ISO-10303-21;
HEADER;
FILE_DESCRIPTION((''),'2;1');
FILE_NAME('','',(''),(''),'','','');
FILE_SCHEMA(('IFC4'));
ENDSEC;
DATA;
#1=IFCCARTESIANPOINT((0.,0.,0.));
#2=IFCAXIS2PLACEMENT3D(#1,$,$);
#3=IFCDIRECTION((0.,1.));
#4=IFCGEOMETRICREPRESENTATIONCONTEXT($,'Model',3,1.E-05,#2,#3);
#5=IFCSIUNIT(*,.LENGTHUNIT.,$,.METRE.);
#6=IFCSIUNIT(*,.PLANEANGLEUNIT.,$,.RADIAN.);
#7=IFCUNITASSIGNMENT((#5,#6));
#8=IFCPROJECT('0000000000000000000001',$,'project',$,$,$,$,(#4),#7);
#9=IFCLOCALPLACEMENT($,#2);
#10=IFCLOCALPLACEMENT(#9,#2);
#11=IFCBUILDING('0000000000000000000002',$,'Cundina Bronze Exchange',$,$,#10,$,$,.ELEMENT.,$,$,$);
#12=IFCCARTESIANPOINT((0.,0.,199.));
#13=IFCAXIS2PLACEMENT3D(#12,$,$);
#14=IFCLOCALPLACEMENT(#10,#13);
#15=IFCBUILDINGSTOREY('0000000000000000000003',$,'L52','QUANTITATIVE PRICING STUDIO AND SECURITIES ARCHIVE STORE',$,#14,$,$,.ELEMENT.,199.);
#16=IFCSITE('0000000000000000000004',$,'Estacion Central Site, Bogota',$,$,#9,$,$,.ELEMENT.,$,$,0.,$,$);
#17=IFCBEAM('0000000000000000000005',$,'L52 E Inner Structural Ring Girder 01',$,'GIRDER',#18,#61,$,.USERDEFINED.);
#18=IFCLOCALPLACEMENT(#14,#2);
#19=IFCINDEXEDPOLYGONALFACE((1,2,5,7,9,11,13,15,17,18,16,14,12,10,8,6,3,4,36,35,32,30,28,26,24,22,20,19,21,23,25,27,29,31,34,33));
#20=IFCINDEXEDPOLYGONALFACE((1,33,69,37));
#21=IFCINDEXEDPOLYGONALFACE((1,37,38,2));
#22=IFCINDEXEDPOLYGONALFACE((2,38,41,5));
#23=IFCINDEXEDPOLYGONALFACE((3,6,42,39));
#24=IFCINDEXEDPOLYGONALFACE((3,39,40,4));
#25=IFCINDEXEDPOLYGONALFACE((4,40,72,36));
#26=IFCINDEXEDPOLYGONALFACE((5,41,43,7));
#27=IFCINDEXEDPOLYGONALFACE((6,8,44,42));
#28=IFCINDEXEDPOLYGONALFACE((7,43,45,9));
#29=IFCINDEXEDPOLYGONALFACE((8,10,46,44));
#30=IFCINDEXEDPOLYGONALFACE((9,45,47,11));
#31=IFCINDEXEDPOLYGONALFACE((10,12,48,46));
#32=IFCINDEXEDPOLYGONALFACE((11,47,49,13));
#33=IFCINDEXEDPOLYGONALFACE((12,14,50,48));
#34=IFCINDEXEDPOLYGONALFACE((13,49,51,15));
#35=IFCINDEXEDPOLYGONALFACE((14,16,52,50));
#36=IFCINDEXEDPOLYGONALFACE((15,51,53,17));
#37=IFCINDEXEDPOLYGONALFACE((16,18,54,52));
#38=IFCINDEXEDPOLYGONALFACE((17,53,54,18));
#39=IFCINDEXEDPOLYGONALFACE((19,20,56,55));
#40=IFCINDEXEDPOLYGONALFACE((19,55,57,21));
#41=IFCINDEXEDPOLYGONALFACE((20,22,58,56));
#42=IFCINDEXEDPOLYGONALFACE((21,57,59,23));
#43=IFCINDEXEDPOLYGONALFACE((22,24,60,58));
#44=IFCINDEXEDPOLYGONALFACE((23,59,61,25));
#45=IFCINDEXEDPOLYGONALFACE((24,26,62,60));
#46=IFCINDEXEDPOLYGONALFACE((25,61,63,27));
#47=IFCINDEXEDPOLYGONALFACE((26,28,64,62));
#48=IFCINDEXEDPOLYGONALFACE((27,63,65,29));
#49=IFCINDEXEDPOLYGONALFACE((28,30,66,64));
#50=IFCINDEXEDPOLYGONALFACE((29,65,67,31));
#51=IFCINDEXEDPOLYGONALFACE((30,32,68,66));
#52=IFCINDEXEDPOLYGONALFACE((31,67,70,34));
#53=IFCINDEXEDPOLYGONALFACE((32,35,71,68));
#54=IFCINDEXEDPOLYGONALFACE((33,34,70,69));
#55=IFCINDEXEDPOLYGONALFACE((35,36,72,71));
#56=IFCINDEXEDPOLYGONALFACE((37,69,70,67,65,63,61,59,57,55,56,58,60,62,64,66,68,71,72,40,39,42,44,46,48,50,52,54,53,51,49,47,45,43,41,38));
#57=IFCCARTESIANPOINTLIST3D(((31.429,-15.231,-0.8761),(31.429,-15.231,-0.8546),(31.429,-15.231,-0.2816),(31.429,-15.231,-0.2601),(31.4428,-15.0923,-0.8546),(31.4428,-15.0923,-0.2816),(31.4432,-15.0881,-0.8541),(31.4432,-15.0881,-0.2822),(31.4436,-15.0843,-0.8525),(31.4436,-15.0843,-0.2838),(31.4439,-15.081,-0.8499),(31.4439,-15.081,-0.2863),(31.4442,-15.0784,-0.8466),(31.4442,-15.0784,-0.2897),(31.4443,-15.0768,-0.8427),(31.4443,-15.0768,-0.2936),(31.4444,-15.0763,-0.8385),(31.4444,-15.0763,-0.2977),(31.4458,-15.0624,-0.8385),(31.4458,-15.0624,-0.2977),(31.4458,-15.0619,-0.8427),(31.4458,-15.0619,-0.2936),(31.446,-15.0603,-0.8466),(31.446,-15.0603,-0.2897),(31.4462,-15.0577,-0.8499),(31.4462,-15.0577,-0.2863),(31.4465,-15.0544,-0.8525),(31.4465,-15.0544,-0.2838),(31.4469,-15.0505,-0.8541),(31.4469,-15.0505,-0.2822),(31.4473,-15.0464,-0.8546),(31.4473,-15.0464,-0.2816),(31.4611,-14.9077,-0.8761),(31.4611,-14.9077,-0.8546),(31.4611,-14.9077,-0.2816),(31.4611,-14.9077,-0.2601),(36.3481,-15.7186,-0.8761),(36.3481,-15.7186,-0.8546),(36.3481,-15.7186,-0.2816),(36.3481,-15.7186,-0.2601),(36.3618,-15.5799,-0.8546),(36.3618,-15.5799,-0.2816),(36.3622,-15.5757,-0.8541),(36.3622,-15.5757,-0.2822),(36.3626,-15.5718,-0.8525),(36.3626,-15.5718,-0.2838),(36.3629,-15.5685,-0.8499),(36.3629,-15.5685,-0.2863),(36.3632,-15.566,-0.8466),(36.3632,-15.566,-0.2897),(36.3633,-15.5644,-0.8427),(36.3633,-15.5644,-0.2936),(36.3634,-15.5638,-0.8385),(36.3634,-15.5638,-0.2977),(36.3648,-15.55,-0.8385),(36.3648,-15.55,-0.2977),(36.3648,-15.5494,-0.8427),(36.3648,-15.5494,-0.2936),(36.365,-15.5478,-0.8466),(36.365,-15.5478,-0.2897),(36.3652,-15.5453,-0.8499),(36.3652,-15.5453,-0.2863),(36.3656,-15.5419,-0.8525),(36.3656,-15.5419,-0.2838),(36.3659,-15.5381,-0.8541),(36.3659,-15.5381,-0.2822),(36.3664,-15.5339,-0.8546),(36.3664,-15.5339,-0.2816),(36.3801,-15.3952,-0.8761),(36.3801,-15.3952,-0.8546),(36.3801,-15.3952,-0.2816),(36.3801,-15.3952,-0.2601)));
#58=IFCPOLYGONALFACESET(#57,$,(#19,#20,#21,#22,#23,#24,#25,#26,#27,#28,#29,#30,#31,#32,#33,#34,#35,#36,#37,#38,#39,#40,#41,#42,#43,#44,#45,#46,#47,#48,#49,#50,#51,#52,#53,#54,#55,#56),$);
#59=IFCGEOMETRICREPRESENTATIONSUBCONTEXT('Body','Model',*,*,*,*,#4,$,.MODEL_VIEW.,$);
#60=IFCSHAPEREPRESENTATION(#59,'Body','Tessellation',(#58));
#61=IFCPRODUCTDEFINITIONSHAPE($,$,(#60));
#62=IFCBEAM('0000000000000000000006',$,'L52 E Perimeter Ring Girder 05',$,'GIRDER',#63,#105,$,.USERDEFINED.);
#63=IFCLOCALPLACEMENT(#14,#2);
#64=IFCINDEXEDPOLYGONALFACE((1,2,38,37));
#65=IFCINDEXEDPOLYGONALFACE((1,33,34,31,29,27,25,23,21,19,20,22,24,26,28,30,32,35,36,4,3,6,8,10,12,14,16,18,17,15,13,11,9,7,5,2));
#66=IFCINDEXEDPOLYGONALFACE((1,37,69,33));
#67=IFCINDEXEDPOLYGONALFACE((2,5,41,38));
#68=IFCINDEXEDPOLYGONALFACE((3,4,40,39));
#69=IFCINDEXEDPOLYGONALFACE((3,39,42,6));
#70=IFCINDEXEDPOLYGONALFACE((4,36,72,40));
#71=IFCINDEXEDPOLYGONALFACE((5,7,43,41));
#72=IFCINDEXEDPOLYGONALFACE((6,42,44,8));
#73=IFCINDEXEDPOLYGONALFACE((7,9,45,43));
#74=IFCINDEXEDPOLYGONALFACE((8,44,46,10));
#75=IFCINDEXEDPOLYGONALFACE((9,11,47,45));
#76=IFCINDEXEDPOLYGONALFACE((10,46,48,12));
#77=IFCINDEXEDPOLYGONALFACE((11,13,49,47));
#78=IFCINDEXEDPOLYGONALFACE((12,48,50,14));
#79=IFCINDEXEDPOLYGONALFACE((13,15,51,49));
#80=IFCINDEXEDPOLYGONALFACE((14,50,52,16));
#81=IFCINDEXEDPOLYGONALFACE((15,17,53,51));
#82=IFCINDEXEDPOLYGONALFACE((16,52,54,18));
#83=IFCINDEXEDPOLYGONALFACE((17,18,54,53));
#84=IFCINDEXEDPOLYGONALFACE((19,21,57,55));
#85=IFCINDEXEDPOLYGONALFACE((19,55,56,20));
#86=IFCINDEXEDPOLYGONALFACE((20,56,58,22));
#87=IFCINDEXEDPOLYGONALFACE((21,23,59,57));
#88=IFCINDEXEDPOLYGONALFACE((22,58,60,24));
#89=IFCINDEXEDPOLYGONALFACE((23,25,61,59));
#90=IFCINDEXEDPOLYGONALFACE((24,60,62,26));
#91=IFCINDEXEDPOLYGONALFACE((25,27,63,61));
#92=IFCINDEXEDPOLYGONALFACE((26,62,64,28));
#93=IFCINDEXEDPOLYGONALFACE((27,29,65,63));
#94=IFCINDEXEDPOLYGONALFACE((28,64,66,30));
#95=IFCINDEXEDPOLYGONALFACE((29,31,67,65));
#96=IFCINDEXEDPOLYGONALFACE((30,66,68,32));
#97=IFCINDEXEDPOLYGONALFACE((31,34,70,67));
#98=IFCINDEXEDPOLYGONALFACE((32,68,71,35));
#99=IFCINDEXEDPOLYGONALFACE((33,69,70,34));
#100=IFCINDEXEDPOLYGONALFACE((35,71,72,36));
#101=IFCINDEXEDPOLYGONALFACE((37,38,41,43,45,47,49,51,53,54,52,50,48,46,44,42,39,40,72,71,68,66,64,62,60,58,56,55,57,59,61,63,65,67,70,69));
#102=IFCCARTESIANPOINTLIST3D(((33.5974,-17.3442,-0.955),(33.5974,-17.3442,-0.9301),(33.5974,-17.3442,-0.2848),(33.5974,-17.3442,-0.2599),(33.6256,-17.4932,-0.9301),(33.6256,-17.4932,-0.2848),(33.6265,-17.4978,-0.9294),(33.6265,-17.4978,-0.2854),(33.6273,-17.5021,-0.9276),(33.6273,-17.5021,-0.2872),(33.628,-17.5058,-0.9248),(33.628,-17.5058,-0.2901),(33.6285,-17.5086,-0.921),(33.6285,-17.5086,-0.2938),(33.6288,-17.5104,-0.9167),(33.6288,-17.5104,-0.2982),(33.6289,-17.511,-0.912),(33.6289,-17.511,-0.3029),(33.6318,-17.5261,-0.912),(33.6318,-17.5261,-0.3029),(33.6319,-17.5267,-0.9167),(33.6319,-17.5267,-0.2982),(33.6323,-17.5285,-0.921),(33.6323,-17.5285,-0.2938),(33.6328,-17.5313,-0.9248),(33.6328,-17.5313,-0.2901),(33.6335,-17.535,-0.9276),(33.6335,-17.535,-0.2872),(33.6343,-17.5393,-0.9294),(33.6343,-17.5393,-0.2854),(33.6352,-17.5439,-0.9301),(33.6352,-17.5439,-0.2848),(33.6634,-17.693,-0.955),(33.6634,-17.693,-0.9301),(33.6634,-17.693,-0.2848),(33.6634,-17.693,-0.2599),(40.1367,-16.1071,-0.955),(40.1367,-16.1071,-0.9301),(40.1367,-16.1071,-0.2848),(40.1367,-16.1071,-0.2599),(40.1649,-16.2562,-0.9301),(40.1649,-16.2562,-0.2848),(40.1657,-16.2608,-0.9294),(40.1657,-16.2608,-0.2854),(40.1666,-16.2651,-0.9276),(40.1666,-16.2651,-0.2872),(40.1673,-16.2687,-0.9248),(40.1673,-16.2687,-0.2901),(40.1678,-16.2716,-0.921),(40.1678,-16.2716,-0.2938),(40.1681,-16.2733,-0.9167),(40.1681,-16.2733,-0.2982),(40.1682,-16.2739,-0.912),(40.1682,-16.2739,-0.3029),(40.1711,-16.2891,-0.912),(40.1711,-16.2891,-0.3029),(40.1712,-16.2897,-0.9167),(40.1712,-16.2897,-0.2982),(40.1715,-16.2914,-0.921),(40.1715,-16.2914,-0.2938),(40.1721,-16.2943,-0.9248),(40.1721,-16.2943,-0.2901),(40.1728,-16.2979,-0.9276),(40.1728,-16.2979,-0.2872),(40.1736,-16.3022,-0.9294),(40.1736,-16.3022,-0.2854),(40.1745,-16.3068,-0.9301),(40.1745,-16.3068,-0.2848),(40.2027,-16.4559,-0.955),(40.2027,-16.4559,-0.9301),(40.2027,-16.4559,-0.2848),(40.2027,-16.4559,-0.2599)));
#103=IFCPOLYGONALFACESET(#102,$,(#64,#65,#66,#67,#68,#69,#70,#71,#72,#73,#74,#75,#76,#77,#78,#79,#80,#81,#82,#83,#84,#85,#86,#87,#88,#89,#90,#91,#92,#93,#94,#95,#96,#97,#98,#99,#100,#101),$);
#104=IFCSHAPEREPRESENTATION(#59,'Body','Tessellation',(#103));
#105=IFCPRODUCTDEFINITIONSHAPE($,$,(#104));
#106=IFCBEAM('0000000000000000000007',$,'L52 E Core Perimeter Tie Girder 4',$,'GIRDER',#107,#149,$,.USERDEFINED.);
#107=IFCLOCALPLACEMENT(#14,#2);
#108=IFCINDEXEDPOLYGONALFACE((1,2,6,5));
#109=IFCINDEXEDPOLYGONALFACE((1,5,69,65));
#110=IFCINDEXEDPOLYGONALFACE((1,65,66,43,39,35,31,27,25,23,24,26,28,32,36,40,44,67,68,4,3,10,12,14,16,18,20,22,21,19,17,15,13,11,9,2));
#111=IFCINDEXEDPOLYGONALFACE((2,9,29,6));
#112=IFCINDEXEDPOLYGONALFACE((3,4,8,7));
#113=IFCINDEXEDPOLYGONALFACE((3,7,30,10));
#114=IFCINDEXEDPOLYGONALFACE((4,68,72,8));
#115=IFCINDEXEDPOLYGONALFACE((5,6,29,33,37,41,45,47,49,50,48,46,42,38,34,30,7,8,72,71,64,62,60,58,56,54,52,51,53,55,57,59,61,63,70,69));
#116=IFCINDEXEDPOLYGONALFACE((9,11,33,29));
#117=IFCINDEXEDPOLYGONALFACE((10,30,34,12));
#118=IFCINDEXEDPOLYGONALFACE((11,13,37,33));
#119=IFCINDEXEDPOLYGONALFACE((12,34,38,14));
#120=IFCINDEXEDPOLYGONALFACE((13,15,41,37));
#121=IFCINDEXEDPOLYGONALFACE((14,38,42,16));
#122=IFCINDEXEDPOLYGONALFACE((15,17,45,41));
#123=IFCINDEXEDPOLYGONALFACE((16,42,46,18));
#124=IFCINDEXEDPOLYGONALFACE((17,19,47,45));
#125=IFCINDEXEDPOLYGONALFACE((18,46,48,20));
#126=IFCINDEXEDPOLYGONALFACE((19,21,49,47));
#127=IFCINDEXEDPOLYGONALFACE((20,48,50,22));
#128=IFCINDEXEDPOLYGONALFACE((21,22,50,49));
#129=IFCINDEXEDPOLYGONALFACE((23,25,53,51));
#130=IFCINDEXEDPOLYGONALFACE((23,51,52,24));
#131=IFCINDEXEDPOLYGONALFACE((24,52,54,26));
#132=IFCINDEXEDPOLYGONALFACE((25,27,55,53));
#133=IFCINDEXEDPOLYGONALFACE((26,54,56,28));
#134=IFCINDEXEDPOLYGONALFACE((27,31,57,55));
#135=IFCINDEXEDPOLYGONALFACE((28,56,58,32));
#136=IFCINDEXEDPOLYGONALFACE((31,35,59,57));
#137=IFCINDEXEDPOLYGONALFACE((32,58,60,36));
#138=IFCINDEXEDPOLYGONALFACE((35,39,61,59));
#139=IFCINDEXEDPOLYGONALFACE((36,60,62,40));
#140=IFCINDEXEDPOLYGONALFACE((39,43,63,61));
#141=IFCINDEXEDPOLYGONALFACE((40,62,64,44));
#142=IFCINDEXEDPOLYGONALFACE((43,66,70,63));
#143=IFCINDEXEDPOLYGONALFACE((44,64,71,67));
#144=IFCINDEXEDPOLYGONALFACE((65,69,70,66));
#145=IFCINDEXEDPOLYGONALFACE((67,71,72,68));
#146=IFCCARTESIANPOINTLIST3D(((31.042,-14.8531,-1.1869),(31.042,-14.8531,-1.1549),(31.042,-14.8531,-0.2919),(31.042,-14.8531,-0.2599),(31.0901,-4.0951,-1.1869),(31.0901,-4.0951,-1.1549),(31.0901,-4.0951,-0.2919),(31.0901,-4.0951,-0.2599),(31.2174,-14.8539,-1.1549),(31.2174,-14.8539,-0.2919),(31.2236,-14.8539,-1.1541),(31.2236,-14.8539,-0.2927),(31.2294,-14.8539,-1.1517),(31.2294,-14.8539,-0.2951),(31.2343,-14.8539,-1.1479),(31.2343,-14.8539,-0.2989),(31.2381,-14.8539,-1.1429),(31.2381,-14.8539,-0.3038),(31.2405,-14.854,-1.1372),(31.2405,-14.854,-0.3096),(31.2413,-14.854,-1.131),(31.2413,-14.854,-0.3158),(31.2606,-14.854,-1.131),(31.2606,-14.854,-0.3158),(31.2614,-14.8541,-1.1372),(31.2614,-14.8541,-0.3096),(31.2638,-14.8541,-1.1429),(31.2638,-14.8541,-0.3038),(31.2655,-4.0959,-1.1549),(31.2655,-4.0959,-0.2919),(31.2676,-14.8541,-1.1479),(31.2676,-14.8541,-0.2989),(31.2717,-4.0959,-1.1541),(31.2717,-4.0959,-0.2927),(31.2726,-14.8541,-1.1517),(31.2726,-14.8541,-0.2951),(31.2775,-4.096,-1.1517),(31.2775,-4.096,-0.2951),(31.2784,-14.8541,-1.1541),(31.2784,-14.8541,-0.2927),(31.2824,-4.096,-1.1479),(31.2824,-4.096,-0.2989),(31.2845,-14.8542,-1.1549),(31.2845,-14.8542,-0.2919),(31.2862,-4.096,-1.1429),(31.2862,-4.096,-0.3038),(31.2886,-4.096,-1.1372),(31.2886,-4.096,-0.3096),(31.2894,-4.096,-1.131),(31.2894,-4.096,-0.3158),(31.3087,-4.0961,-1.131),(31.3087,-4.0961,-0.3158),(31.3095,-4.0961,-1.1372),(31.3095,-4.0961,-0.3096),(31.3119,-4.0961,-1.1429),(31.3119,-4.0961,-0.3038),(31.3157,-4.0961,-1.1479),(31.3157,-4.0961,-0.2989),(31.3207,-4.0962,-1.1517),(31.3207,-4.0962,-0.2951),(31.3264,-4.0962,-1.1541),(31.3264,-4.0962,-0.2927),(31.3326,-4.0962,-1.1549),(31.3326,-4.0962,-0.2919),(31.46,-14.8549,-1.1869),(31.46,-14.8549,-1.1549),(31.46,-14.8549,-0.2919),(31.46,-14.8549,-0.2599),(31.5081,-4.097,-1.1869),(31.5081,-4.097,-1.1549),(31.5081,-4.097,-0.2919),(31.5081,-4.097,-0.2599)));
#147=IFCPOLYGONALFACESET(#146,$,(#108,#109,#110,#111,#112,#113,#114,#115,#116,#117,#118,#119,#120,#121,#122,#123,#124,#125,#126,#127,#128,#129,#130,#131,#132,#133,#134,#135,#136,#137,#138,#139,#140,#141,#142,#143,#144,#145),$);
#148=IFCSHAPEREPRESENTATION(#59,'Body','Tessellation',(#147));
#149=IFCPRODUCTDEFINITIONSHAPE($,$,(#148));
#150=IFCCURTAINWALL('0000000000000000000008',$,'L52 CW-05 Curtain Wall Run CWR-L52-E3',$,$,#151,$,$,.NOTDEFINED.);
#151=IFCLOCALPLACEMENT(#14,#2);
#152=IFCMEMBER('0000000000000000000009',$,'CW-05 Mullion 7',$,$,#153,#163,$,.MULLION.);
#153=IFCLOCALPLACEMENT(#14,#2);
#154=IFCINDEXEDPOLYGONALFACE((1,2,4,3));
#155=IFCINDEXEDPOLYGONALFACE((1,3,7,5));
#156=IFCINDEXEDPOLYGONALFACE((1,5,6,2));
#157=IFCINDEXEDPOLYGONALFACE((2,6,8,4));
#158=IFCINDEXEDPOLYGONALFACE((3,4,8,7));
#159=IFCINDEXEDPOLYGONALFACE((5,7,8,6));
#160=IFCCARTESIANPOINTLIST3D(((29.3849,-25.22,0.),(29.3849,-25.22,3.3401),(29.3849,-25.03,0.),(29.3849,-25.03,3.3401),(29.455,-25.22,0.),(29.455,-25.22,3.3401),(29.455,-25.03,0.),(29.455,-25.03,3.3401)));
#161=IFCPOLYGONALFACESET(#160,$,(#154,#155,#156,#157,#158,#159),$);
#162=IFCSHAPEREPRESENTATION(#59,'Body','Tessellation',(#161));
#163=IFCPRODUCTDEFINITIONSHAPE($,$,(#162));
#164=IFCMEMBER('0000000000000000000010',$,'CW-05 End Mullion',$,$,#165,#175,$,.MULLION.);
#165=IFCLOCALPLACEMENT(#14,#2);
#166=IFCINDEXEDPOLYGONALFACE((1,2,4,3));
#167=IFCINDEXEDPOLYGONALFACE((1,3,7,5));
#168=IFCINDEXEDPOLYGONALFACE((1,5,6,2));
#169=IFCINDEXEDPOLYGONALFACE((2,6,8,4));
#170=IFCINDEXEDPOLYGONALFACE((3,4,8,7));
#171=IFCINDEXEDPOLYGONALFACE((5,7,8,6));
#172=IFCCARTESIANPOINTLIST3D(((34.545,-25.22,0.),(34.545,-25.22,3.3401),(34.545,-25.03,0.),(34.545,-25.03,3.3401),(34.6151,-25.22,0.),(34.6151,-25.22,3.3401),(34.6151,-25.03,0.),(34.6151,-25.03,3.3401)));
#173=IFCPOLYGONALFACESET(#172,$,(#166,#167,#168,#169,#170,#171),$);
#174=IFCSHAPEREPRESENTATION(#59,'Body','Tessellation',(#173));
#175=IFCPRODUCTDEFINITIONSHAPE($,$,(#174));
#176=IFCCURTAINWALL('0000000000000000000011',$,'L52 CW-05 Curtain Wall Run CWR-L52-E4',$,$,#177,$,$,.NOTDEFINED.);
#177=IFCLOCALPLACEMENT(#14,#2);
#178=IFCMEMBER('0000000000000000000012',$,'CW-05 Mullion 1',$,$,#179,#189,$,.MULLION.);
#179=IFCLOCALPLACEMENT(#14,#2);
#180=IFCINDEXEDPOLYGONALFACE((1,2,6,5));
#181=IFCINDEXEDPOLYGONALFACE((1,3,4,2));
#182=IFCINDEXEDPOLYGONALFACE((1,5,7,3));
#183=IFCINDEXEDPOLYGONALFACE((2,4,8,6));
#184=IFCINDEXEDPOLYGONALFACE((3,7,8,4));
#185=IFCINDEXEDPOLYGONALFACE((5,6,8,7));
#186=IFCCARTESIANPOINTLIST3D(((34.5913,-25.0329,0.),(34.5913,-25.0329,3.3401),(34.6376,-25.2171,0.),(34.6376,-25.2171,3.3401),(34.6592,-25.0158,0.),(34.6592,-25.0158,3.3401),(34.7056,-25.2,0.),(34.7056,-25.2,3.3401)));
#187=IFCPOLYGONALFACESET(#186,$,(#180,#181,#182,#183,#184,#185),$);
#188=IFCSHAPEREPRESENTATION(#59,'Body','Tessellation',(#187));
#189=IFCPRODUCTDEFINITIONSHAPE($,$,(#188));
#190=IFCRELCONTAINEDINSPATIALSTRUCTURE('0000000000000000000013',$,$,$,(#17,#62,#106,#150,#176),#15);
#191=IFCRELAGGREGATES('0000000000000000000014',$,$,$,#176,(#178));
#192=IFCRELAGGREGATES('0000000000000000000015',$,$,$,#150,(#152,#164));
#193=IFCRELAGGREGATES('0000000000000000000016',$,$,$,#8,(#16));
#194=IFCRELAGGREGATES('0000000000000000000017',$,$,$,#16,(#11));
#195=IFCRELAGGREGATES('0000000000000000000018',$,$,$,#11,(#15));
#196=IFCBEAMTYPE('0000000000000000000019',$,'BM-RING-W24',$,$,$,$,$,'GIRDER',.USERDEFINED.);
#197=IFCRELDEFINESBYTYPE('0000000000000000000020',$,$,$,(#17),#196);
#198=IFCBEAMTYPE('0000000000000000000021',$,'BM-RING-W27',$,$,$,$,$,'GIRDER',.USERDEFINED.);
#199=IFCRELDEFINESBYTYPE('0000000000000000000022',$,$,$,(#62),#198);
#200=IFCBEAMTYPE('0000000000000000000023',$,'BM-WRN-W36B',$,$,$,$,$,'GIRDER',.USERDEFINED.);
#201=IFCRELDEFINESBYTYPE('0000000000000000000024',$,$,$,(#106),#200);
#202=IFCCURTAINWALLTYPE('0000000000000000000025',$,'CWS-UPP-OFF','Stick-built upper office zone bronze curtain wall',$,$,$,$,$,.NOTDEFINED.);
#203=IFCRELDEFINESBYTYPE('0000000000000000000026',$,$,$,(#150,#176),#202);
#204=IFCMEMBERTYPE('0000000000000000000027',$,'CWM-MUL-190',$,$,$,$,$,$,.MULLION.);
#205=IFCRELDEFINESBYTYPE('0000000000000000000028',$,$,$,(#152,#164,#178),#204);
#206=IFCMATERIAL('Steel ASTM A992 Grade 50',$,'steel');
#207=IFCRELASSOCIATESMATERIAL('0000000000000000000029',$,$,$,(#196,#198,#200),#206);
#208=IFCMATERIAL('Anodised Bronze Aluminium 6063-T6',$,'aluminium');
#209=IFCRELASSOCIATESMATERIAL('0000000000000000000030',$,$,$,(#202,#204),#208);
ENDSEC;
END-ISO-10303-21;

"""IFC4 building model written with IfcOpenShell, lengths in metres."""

from ifc_helpers import new_model, si_unit, direction, frame, origin, origin_2d, place, context, subcontext, project, spatial, rectangle, i_section, extrude, material, material_profile, profile_set, type_object, element, aggregate, save


model = new_model("IFC4")

# Units and contexts
model_context = context("Model", 3, precision=1e-05, world=origin(), true_north=direction((0.0, 1.0)))
body_context = subcontext(model_context, "Body", "Model", "MODEL_VIEW")
ifc_project = project(units=[si_unit("LENGTHUNIT", "METRE"), si_unit("PLANEANGLEUNIT", "RADIAN")], contexts=[model_context])

# Site, building, storey
site_placement = place(None, origin())
site = spatial("IfcSite", under=ifc_project, at=site_placement, Name="Estacion Central Site, Bogota", CompositionType="ELEMENT", RefElevation=0.0)
building_placement = place(site_placement, origin())
building = spatial("IfcBuilding", under=site, at=building_placement, Name="Cundina Bronze Exchange", CompositionType="ELEMENT")
storey_placement = place(building_placement, frame((0.0, 0.0, 199.0)))
storey = spatial("IfcBuildingStorey", under=building, at=storey_placement, Name="L52", Description="QUANTITATIVE PRICING STUDIO AND SECURITIES ARCHIVE STORE", CompositionType="ELEMENT", Elevation=199.0)

# Shared definitions
ifc_material_1 = material(Name="Steel ASTM A992 Grade 50", Category="steel")

# Beams
ifc_material_profile_1 = material_profile(ifc_material_1, i_section(OverallWidth=0.325, OverallDepth=0.616, WebThickness=0.0139, FlangeThickness=0.0215, FilletRadius=0.0161, at=origin_2d()), Name="W24X117", Category="steel")
ifc_profile_set_1 = profile_set([ifc_material_profile_1], Name="Steel ASTM A992 Grade 50")
beam_type_1 = type_object("IfcBeamType", Name="BM-RING-W24", ElementType="GIRDER", PredefinedType="USERDEFINED", material=ifc_profile_set_1)
beam_1_placement = place(storey_placement, frame((31.4451, -15.0693, -0.5681), z_axis=(0.995124, -0.098633, 0.0), x_axis=(0.098633, 0.995124, 0.0)))
element("IfcBeam", 1, at=beam_1_placement, inside=storey, type_object=beam_type_1, Name="L52 E Inner Structural Ring Girder 01", ObjectType="GIRDER", PredefinedType="USERDEFINED", context=body_context, shape_type="SweptSolid", body=[
    extrude(i_section(OverallWidth=0.325, OverallDepth=0.616, WebThickness=0.0139, FlangeThickness=0.0215, FilletRadius=0.0161, at=origin_2d()), origin(), (0.0, 0.0, 1.0), 4.9431),
])
ifc_material_profile_2 = material_profile(ifc_material_1, i_section(OverallWidth=0.355, OverallDepth=0.6951, WebThickness=0.0154, FlangeThickness=0.0249, FilletRadius=0.0181, at=origin_2d()), Name="W27X146", Category="steel")
ifc_profile_set_2 = profile_set([ifc_material_profile_2], Name="Steel ASTM A992 Grade 50")
beam_type_2 = type_object("IfcBeamType", Name="BM-RING-W27", ElementType="GIRDER", PredefinedType="USERDEFINED", material=ifc_profile_set_2)
beam_2_placement = place(storey_placement, frame((33.6304, -17.5186, -0.6074), z_axis=(0.982573, 0.185876, 0.0), x_axis=(-0.185876, 0.982573, 0.0)))
element("IfcBeam", 2, at=beam_2_placement, inside=storey, type_object=beam_type_2, Name="L52 E Perimeter Ring Girder 05", ObjectType="GIRDER", PredefinedType="USERDEFINED", context=body_context, shape_type="SweptSolid", body=[
    extrude(i_section(OverallWidth=0.355, OverallDepth=0.6951, WebThickness=0.0154, FlangeThickness=0.0249, FilletRadius=0.0181, at=origin_2d()), origin(), (0.0, 0.0, 1.0), 6.6553),
])
ifc_material_profile_3 = material_profile(ifc_material_1, i_section(OverallWidth=0.418, OverallDepth=0.927, WebThickness=0.0193, FlangeThickness=0.032, FilletRadius=0.0239, at=origin_2d()), Name="W36X231", Category="steel")
ifc_profile_set_3 = profile_set([ifc_material_profile_3], Name="Steel ASTM A992 Grade 50")
beam_type_3 = type_object("IfcBeamType", Name="BM-WRN-W36B", ElementType="GIRDER", PredefinedType="USERDEFINED", material=ifc_profile_set_3)
beam_3_placement = place(storey_placement, frame((31.251, -14.854, -0.7234), z_axis=(0.004471, 0.99999, 0.0), x_axis=(-0.99999, 0.004471, 0.0)))
element("IfcBeam", 3, at=beam_3_placement, inside=storey, type_object=beam_type_3, Name="L52 E Core Perimeter Tie Girder 4", ObjectType="GIRDER", PredefinedType="USERDEFINED", context=body_context, shape_type="SweptSolid", body=[
    extrude(i_section(OverallWidth=0.418, OverallDepth=0.927, WebThickness=0.0193, FlangeThickness=0.032, FilletRadius=0.0239, at=origin_2d()), origin(), (0.0, 0.0, 1.0), 10.7581),
])

# Curtain wall, members
ifc_material_2 = material(Name="Anodised Bronze Aluminium 6063-T6", Category="aluminium")
curtain_wall_type = type_object("IfcCurtainWallType", Name="CWS-UPP-OFF", Description="Stick-built upper office zone bronze curtain wall", PredefinedType="NOTDEFINED", material=ifc_material_2)
curtain_wall_1_placement = place(storey_placement, origin())
curtain_wall_1 = element("IfcCurtainWall", 4, at=curtain_wall_1_placement, inside=storey, type_object=curtain_wall_type, Name="L52 CW-05 Curtain Wall Run CWR-L52-E3", PredefinedType="NOTDEFINED")
ifc_material_profile_4 = material_profile(ifc_material_2, rectangle(XDim=0.0701, YDim=0.1899, at=origin_2d()), Name="AL70X190", Category="aluminium")
ifc_profile_set_4 = profile_set([ifc_material_profile_4], Name="Anodised Bronze Aluminium 6063-T6")
member_type_1 = type_object("IfcMemberType", Name="CWM-MUL-190", PredefinedType="MULLION", material=ifc_profile_set_4)
member_1_placement = place(storey_placement, frame((29.4199, -25.125, 0.0), z_axis=(0.0, 0.0, 1.0), x_axis=(1.0, 0.0, 0.0)))
member_1 = element("IfcMember", 5, at=member_1_placement, type_object=member_type_1, Name="CW-05 Mullion 7", PredefinedType="MULLION", context=body_context, shape_type="SweptSolid", body=[
    extrude(rectangle(XDim=0.0701, YDim=0.1899, at=origin_2d()), origin(), (0.0, 0.0, 1.0), 3.3401),
])
member_2_placement = place(storey_placement, frame((34.5801, -25.125, 0.0), z_axis=(0.0, 0.0, 1.0), x_axis=(1.0, 0.0, 0.0)))
member_2 = element("IfcMember", 6, at=member_2_placement, type_object=member_type_1, Name="CW-05 End Mullion", PredefinedType="MULLION", context=body_context, shape_type="SweptSolid", body=[
    extrude(rectangle(XDim=0.0701, YDim=0.1899, at=origin_2d()), origin(), (0.0, 0.0, 1.0), 3.3401),
])

# Curtain wall, member
curtain_wall_2_placement = place(storey_placement, origin())
curtain_wall_2 = element("IfcCurtainWall", 7, at=curtain_wall_2_placement, inside=storey, type_object=curtain_wall_type, Name="L52 CW-05 Curtain Wall Run CWR-L52-E4", PredefinedType="NOTDEFINED")
member_3_placement = place(storey_placement, frame((34.6484, -25.1165, 0.0), z_axis=(0.0, 0.0, 1.0), x_axis=(0.969744, 0.244123, 0.0)))
member_3 = element("IfcMember", 8, at=member_3_placement, type_object=member_type_1, Name="CW-05 Mullion 1", PredefinedType="MULLION", context=body_context, shape_type="SweptSolid", body=[
    extrude(rectangle(XDim=0.0701, YDim=0.1899, at=origin_2d()), origin(), (0.0, 0.0, 1.0), 3.3401),
])

aggregate(curtain_wall_2, [member_3])

aggregate(curtain_wall_1, [member_1, member_2])

save(model, "model.ifc")
